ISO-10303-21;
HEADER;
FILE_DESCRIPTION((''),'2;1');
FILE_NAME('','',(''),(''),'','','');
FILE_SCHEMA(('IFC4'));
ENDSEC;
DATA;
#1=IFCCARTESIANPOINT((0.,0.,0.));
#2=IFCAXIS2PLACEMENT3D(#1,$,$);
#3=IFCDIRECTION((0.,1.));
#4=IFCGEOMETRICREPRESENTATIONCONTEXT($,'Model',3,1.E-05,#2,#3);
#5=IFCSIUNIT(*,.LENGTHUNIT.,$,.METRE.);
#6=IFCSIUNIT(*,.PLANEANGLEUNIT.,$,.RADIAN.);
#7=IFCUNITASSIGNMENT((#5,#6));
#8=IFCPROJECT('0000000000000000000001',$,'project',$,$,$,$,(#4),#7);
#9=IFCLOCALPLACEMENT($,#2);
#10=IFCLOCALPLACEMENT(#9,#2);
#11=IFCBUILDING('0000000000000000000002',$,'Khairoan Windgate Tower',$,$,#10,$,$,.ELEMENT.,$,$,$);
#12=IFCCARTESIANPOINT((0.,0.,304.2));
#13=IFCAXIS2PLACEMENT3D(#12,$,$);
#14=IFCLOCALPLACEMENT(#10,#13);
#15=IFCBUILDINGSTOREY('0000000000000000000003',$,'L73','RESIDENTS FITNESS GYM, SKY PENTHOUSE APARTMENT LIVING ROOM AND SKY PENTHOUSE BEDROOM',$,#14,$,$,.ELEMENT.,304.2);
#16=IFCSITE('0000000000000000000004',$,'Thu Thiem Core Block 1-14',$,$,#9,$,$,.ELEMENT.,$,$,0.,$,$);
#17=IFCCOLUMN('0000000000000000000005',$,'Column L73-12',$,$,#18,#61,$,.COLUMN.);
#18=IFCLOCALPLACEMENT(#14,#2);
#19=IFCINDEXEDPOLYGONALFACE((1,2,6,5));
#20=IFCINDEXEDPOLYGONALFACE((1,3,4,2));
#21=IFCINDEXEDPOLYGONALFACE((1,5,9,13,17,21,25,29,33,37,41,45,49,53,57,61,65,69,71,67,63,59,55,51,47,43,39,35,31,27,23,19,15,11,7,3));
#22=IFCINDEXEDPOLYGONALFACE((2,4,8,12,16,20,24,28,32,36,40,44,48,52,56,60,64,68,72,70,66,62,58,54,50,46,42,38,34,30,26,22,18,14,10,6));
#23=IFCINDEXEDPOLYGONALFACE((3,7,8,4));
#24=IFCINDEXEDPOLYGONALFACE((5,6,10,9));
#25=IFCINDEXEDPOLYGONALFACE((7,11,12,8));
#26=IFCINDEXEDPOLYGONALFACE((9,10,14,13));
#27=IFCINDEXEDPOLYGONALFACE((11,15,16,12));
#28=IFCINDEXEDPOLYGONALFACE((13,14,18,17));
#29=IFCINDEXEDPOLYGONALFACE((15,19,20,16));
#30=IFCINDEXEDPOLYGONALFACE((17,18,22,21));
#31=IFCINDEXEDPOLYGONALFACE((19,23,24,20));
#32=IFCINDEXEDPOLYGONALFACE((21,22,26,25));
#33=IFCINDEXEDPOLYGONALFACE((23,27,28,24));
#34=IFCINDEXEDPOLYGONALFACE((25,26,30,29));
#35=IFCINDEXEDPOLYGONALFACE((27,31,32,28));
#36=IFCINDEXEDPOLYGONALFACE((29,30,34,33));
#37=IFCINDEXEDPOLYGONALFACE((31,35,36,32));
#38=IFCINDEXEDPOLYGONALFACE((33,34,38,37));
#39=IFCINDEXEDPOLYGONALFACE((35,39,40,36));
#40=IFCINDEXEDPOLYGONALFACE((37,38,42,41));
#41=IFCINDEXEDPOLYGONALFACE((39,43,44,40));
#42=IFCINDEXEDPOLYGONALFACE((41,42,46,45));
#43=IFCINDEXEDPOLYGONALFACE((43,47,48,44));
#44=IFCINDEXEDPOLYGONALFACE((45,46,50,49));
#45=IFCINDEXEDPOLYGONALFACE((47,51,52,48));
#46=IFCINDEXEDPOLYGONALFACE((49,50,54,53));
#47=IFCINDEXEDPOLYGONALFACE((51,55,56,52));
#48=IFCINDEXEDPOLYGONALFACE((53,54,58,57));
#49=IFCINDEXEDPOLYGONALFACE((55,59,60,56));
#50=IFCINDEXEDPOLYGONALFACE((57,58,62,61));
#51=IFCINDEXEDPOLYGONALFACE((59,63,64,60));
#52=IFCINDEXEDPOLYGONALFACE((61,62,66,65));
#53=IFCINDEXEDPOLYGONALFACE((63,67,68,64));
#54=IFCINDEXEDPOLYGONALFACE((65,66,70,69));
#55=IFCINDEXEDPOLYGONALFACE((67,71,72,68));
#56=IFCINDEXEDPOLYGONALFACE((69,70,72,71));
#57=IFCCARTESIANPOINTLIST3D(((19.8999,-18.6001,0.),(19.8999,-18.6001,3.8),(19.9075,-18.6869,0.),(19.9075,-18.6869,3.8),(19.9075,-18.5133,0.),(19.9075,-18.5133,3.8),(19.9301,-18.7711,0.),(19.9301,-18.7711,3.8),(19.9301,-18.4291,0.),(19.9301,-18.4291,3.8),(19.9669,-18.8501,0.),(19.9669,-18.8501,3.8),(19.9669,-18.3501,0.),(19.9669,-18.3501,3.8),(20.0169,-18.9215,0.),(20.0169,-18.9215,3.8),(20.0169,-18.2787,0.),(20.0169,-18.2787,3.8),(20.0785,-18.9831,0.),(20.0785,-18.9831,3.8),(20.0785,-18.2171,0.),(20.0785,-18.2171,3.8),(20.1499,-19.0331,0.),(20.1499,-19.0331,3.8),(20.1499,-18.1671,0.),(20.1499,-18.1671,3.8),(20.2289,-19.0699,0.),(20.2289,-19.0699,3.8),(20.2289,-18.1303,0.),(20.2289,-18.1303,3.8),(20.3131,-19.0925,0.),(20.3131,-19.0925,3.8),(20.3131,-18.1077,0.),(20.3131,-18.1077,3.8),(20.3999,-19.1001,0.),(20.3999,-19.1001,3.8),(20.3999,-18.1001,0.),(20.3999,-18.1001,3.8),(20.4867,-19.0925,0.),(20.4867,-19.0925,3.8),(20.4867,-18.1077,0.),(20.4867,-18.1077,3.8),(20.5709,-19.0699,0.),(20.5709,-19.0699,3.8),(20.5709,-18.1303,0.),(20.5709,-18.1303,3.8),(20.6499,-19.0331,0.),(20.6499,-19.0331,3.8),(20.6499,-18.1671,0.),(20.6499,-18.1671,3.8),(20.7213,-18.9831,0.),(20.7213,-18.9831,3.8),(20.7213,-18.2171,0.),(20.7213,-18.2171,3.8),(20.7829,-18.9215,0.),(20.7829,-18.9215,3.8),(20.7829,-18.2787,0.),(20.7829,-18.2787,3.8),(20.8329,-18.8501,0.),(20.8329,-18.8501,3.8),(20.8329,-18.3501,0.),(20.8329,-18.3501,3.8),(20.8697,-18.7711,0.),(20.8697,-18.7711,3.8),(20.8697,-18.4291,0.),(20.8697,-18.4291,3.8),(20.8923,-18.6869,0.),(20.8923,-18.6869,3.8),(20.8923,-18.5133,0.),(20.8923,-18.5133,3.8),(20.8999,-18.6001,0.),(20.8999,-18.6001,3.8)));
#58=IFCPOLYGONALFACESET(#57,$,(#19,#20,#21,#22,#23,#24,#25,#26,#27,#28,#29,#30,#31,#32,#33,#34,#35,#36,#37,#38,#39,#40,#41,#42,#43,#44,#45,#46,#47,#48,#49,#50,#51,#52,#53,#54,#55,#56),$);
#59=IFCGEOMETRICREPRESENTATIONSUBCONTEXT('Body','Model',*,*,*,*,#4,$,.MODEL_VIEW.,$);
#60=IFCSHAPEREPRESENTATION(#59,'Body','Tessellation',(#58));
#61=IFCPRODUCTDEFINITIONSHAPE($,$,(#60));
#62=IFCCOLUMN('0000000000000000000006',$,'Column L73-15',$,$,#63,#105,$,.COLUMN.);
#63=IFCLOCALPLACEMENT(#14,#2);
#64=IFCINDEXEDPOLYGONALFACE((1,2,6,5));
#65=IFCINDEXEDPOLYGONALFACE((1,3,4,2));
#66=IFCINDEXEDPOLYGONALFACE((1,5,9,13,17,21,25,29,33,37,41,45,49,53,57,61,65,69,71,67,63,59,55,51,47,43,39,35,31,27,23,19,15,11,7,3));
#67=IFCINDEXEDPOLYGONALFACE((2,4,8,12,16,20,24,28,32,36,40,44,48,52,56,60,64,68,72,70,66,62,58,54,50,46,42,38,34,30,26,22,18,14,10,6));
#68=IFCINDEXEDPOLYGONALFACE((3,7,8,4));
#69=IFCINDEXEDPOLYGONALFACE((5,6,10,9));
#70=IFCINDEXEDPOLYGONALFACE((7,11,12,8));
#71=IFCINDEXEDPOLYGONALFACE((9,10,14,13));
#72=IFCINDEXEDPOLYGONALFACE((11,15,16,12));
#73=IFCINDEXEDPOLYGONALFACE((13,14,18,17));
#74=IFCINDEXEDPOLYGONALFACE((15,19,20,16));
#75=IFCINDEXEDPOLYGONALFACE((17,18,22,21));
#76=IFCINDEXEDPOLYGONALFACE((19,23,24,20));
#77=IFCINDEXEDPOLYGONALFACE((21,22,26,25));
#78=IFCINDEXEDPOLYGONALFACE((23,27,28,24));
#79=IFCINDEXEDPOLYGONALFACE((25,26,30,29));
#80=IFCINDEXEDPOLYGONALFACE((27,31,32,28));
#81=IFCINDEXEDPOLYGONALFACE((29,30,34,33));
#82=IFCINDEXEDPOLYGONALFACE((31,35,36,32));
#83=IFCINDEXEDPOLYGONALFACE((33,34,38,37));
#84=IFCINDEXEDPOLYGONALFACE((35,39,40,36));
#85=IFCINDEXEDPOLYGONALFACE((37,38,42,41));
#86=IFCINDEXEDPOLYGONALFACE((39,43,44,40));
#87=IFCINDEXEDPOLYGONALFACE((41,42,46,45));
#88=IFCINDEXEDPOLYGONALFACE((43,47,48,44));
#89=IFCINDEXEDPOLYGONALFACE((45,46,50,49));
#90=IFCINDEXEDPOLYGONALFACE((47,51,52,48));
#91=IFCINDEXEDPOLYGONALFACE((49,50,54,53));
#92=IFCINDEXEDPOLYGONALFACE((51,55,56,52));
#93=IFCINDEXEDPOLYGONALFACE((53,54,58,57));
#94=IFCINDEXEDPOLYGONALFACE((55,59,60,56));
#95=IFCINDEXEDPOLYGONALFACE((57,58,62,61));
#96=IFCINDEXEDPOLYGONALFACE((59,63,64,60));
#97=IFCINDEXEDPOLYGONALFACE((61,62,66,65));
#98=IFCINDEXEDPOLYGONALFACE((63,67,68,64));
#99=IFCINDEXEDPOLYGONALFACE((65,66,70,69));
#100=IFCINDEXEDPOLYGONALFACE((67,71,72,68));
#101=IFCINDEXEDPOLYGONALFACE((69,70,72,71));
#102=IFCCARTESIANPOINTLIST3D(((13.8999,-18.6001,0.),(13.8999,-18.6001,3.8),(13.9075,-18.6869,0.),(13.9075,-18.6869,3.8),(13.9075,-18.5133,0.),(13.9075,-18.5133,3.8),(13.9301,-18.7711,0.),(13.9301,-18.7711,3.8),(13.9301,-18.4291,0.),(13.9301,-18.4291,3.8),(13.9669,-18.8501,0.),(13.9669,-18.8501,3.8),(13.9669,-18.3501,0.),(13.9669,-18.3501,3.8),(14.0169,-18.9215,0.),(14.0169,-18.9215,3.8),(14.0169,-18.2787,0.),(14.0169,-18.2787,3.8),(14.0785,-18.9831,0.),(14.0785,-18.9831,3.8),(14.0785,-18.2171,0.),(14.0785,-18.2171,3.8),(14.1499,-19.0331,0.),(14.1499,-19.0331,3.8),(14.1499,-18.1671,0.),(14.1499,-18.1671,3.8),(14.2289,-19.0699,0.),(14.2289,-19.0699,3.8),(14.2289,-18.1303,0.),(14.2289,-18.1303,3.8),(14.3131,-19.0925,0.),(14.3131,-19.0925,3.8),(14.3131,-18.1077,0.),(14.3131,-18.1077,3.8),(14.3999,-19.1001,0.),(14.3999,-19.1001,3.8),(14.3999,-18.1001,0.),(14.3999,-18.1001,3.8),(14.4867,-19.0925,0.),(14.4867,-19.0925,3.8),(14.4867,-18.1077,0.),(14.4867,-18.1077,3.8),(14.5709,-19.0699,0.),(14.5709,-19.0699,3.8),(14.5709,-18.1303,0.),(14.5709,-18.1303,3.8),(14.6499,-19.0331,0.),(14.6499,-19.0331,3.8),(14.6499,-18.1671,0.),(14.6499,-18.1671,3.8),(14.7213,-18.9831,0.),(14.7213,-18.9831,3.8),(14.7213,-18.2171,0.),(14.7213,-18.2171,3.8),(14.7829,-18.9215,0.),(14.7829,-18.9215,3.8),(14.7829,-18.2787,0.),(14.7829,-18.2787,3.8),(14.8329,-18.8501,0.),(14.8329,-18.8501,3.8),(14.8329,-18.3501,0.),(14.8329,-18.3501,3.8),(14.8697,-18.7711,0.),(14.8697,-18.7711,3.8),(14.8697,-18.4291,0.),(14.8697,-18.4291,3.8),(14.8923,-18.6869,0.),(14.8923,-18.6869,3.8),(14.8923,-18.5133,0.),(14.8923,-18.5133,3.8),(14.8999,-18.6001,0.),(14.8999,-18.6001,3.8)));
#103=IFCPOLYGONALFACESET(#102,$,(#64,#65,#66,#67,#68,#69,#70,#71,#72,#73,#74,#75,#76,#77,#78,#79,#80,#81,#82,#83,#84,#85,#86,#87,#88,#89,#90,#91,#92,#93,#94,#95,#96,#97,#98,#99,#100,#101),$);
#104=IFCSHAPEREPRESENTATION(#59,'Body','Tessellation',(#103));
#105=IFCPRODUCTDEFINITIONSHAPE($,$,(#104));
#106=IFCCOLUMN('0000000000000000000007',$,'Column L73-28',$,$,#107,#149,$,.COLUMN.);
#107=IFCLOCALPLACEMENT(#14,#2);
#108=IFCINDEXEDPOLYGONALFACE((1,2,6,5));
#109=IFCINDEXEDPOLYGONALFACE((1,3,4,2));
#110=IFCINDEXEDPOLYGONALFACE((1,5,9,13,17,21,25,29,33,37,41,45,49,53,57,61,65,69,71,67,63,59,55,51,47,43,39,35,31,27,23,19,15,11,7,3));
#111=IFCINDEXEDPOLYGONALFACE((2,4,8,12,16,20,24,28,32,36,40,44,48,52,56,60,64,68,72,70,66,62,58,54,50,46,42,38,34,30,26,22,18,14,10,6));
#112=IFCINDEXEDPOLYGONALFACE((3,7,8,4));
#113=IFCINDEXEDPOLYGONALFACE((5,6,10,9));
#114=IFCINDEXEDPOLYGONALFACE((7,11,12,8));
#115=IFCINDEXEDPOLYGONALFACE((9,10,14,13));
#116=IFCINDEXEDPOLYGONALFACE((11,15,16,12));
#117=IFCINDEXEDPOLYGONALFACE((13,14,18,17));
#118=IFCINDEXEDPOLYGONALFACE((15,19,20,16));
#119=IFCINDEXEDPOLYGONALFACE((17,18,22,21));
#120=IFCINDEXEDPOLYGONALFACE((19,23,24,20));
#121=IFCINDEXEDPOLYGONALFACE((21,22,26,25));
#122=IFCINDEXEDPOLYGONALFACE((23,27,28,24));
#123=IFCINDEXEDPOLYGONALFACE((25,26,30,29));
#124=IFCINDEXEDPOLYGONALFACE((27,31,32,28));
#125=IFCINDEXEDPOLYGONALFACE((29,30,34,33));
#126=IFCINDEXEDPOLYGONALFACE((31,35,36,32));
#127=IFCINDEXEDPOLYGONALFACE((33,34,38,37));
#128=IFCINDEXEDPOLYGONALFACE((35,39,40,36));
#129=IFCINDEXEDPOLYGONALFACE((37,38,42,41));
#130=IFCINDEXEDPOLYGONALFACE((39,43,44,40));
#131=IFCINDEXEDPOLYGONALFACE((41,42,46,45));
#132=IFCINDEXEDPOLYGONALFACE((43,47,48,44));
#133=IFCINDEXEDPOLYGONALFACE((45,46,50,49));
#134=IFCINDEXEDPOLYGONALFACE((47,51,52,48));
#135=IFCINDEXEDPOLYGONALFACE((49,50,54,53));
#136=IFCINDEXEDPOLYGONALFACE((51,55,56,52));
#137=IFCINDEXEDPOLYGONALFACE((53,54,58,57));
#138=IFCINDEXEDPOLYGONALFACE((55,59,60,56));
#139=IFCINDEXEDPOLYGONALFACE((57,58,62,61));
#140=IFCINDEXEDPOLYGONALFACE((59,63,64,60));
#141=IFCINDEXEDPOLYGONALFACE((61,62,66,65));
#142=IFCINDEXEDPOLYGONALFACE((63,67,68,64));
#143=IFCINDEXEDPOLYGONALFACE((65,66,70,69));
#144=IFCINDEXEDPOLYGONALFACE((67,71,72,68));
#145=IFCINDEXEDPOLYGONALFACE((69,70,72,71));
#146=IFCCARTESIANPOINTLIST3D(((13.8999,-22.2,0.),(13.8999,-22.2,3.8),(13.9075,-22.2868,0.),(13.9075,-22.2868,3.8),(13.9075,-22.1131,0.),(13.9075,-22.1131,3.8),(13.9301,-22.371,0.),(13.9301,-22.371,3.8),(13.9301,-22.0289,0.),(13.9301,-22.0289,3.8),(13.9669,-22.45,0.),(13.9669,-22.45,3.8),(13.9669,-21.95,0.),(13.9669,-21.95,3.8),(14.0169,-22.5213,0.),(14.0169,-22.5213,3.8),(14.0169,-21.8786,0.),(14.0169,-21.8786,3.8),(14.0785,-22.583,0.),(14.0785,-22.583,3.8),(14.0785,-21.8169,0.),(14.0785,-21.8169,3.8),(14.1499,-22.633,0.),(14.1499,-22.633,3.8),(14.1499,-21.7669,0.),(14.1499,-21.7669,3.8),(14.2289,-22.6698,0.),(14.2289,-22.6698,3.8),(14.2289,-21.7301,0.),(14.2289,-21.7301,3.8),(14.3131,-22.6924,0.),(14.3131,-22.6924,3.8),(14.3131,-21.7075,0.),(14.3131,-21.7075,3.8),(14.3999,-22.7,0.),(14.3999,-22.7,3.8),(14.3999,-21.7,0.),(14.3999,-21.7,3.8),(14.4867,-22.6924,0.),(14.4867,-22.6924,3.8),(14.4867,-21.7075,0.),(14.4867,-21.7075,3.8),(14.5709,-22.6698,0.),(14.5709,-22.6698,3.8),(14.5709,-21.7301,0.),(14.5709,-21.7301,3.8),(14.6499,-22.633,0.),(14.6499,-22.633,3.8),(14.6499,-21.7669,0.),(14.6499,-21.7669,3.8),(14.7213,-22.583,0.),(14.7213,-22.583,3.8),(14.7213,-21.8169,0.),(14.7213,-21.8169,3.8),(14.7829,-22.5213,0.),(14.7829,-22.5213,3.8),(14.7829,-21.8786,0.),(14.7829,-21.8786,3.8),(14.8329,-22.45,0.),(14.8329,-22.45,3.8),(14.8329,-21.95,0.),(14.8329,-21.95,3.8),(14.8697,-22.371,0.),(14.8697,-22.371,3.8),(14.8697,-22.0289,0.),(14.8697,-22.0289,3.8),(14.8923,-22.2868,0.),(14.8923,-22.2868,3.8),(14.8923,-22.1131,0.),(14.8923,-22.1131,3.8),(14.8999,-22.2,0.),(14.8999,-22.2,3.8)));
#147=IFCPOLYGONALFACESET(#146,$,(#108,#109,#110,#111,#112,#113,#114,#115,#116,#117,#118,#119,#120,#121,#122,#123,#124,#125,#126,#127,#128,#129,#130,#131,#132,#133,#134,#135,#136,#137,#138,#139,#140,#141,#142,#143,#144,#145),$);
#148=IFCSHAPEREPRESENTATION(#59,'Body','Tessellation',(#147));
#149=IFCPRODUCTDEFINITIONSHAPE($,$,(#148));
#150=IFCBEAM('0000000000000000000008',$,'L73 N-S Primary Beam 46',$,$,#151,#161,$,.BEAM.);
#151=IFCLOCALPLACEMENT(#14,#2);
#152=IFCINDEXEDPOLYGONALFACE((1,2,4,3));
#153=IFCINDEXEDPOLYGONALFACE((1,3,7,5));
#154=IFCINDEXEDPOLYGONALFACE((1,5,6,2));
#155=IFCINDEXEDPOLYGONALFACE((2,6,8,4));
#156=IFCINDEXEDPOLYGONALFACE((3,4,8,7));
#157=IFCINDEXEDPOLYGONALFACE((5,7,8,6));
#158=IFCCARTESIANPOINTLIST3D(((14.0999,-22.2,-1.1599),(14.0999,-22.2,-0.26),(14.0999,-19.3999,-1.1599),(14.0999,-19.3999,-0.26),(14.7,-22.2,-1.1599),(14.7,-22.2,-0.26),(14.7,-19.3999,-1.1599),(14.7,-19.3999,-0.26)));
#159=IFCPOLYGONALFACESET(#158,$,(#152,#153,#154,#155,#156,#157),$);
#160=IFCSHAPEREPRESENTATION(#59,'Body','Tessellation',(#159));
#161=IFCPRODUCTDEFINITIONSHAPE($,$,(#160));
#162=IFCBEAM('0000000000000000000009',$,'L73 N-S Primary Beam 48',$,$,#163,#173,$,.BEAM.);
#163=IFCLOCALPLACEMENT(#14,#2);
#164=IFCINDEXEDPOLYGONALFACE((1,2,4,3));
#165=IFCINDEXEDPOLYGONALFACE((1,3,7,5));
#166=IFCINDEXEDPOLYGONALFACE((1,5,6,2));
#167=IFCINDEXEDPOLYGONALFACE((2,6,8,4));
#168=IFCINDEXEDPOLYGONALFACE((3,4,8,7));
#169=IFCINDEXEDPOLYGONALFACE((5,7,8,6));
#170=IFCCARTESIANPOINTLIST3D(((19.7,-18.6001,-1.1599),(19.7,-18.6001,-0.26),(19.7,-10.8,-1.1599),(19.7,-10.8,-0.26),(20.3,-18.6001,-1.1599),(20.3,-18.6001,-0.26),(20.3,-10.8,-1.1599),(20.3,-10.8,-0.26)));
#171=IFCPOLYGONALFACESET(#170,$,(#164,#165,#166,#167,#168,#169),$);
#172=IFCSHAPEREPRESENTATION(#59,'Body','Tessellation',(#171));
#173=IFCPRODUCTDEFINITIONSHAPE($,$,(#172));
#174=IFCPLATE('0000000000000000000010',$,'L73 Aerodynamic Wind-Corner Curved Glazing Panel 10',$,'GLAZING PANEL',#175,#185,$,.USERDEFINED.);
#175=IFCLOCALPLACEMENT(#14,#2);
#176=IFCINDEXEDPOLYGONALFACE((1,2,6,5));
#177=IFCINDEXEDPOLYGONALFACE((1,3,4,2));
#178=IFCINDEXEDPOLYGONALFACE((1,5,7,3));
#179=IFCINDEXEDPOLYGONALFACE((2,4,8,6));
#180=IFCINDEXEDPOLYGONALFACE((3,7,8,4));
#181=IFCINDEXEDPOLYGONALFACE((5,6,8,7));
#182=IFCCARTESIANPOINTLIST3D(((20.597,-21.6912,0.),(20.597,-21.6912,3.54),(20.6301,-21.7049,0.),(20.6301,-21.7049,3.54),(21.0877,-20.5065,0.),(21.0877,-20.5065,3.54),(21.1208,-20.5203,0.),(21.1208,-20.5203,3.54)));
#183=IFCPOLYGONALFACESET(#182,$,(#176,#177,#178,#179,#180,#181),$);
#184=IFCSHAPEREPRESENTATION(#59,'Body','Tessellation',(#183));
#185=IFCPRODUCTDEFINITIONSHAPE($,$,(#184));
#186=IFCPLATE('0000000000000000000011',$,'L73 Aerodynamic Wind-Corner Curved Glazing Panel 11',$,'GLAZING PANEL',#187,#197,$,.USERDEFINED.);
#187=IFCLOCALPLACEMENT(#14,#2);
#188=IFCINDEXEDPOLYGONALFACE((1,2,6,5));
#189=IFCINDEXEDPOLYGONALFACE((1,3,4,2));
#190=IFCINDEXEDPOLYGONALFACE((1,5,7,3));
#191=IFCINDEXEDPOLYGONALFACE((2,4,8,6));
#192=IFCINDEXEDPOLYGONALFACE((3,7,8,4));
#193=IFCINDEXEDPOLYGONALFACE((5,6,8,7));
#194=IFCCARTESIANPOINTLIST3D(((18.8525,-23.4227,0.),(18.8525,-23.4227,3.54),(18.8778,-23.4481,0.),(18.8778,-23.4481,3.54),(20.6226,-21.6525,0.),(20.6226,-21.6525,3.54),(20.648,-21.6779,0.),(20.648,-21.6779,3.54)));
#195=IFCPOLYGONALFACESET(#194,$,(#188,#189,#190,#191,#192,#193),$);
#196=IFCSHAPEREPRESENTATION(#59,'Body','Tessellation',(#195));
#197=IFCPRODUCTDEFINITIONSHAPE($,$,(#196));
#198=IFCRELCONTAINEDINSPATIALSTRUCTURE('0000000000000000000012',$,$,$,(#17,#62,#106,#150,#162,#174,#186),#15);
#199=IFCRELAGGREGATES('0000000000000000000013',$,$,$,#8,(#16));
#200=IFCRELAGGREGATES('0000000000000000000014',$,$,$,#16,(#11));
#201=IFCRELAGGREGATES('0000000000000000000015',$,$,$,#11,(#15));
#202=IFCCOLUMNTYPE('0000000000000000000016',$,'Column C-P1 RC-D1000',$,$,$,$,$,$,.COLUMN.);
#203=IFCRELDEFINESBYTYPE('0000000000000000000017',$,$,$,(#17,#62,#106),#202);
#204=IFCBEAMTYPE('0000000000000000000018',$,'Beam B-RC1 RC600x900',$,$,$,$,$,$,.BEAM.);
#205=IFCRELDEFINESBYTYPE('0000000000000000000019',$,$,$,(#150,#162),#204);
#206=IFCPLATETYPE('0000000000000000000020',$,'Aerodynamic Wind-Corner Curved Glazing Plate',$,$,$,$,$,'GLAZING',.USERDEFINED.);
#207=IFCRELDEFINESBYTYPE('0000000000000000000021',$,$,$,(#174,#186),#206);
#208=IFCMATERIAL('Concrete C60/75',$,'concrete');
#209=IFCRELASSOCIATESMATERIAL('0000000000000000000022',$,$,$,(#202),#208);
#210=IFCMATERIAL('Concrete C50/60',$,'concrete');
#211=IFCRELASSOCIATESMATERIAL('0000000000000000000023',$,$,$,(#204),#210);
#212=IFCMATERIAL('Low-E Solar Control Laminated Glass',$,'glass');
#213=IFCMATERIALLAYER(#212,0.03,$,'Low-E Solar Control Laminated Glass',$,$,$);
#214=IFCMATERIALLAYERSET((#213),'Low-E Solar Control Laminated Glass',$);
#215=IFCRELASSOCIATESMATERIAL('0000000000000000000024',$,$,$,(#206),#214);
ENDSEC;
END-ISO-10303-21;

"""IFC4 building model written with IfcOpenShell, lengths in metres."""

from ifc_helpers import new_model, si_unit, direction, frame, origin, origin_2d, place, context, subcontext, project, spatial, rectangle, circle, extrude, material, layer, layer_set, material_profile, profile_set, type_object, element, save


model = new_model("IFC4")

# Units and contexts
model_context = context("Model", 3, precision=1e-05, world=origin(), true_north=direction((0.0, 1.0)))
body_context = subcontext(model_context, "Body", "Model", "MODEL_VIEW")
ifc_project = project(units=[si_unit("LENGTHUNIT", "METRE"), si_unit("PLANEANGLEUNIT", "RADIAN")], contexts=[model_context])

# Site, building, storey
site_placement = place(None, origin())
site = spatial("IfcSite", under=ifc_project, at=site_placement, Name="Thu Thiem Core Block 1-14", CompositionType="ELEMENT", RefElevation=0.0)
building_placement = place(site_placement, origin())
building = spatial("IfcBuilding", under=site, at=building_placement, Name="Khairoan Windgate Tower", CompositionType="ELEMENT")
storey_placement = place(building_placement, frame((0.0, 0.0, 304.2)))
storey = spatial("IfcBuildingStorey", under=building, at=storey_placement, Name="L73", Description="RESIDENTS FITNESS GYM, SKY PENTHOUSE APARTMENT LIVING ROOM AND SKY PENTHOUSE BEDROOM", CompositionType="ELEMENT", Elevation=304.2)

# Columns
ifc_material_1 = material(Name="Concrete C60/75", Category="concrete")
ifc_material_profile_1 = material_profile(ifc_material_1, circle(Radius=0.5, at=origin_2d()))
ifc_profile_set_1 = profile_set([ifc_material_profile_1], Name="Concrete C60/75")
column_type = type_object("IfcColumnType", Name="Column C-P1 RC-D1000", PredefinedType="COLUMN", material=ifc_profile_set_1)
for number, where, z_axis, x_axis, name in (
    (1, (20.3999, -18.6001, 0.0), (0.0, 0.0, 1.0), (1.0, 0.0, 0.0), "Column L73-12"),
    (2, (14.3999, -18.6001, 0.0), (0.0, 0.0, 1.0), (1.0, 0.0, 0.0), "Column L73-15"),
    (3, (14.3999, -22.2, 0.0), (0.0, 0.0, 1.0), (1.0, 0.0, 0.0), "Column L73-28"),
):
    element("IfcColumn", number, at=place(storey_placement, frame(where, z_axis=z_axis, x_axis=x_axis)), inside=storey, type_object=column_type, Name=name, PredefinedType="COLUMN", context=body_context, shape_type="SweptSolid", body=[
        extrude(circle(Radius=0.5, at=origin_2d()), origin(), (0.0, 0.0, 1.0), 3.8),
    ])

# Beams
ifc_material_2 = material(Name="Concrete C50/60", Category="concrete")
ifc_material_profile_2 = material_profile(ifc_material_2, rectangle(XDim=0.6001, YDim=0.8999, at=origin_2d()))
ifc_profile_set_2 = profile_set([ifc_material_profile_2], Name="Concrete C50/60")
beam_type = type_object("IfcBeamType", Name="Beam B-RC1 RC600x900", PredefinedType="BEAM", material=ifc_profile_set_2)
beam_1_placement = place(storey_placement, frame((14.3999, -22.2, -0.71), z_axis=(0.0, 1.0, 0.0), x_axis=(-1.0, 0.0, 0.0)))
element("IfcBeam", 4, at=beam_1_placement, inside=storey, type_object=beam_type, Name="L73 N-S Primary Beam 46", PredefinedType="BEAM", context=body_context, shape_type="SweptSolid", body=[
    extrude(rectangle(XDim=0.6001, YDim=0.8999, at=origin_2d()), origin(), (0.0, 0.0, 1.0), 2.8),
])
beam_2_placement = place(storey_placement, frame((20.0, -18.6001, -0.71), z_axis=(0.0, 1.0, 0.0), x_axis=(-1.0, 0.0, 0.0)))
element("IfcBeam", 5, at=beam_2_placement, inside=storey, type_object=beam_type, Name="L73 N-S Primary Beam 48", PredefinedType="BEAM", context=body_context, shape_type="SweptSolid", body=[
    extrude(rectangle(XDim=0.6001, YDim=0.8999, at=origin_2d()), origin(), (0.0, 0.0, 1.0), 7.8),
])

# Plates
ifc_material_3 = material(Name="Low-E Solar Control Laminated Glass", Category="glass")
ifc_layer_1 = layer(ifc_material_3, 0.03, Name="Low-E Solar Control Laminated Glass")
ifc_layer_set_1 = layer_set([ifc_layer_1], Name="Low-E Solar Control Laminated Glass")
plate_type_1 = type_object("IfcPlateType", Name="Aerodynamic Wind-Corner Curved Glazing Plate", ElementType="GLAZING", PredefinedType="USERDEFINED", material=ifc_layer_set_1)
plate_1_placement = place(storey_placement, frame((20.8589, -21.1057, 0.0), z_axis=(0.0, 0.0, 1.0), x_axis=(-0.382683, -0.92388, 0.0)))
element("IfcPlate", 6, at=plate_1_placement, inside=storey, type_object=plate_type_1, Name="L73 Aerodynamic Wind-Corner Curved Glazing Panel 10", ObjectType="GLAZING PANEL", PredefinedType="USERDEFINED", context=body_context, shape_type="SweptSolid", body=[
    extrude(rectangle(XDim=1.2822, YDim=0.0359, at=origin_2d()), origin(), (0.0, 0.0, 1.0), 3.54),
])
plate_2_placement = place(storey_placement, frame((19.7502, -22.5503, 0.0), z_axis=(0.0, 0.0, 1.0), x_axis=(-0.707107, -0.707107, 0.0)))
element("IfcPlate", 7, at=plate_2_placement, inside=storey, type_object=plate_type_1, Name="L73 Aerodynamic Wind-Corner Curved Glazing Panel 11", ObjectType="GLAZING PANEL", PredefinedType="USERDEFINED", context=body_context, shape_type="SweptSolid", body=[
    extrude(rectangle(XDim=2.5034, YDim=0.0359, at=origin_2d()), origin(), (0.0, 0.0, 1.0), 3.54),
])

save(model, "model.ifc")
